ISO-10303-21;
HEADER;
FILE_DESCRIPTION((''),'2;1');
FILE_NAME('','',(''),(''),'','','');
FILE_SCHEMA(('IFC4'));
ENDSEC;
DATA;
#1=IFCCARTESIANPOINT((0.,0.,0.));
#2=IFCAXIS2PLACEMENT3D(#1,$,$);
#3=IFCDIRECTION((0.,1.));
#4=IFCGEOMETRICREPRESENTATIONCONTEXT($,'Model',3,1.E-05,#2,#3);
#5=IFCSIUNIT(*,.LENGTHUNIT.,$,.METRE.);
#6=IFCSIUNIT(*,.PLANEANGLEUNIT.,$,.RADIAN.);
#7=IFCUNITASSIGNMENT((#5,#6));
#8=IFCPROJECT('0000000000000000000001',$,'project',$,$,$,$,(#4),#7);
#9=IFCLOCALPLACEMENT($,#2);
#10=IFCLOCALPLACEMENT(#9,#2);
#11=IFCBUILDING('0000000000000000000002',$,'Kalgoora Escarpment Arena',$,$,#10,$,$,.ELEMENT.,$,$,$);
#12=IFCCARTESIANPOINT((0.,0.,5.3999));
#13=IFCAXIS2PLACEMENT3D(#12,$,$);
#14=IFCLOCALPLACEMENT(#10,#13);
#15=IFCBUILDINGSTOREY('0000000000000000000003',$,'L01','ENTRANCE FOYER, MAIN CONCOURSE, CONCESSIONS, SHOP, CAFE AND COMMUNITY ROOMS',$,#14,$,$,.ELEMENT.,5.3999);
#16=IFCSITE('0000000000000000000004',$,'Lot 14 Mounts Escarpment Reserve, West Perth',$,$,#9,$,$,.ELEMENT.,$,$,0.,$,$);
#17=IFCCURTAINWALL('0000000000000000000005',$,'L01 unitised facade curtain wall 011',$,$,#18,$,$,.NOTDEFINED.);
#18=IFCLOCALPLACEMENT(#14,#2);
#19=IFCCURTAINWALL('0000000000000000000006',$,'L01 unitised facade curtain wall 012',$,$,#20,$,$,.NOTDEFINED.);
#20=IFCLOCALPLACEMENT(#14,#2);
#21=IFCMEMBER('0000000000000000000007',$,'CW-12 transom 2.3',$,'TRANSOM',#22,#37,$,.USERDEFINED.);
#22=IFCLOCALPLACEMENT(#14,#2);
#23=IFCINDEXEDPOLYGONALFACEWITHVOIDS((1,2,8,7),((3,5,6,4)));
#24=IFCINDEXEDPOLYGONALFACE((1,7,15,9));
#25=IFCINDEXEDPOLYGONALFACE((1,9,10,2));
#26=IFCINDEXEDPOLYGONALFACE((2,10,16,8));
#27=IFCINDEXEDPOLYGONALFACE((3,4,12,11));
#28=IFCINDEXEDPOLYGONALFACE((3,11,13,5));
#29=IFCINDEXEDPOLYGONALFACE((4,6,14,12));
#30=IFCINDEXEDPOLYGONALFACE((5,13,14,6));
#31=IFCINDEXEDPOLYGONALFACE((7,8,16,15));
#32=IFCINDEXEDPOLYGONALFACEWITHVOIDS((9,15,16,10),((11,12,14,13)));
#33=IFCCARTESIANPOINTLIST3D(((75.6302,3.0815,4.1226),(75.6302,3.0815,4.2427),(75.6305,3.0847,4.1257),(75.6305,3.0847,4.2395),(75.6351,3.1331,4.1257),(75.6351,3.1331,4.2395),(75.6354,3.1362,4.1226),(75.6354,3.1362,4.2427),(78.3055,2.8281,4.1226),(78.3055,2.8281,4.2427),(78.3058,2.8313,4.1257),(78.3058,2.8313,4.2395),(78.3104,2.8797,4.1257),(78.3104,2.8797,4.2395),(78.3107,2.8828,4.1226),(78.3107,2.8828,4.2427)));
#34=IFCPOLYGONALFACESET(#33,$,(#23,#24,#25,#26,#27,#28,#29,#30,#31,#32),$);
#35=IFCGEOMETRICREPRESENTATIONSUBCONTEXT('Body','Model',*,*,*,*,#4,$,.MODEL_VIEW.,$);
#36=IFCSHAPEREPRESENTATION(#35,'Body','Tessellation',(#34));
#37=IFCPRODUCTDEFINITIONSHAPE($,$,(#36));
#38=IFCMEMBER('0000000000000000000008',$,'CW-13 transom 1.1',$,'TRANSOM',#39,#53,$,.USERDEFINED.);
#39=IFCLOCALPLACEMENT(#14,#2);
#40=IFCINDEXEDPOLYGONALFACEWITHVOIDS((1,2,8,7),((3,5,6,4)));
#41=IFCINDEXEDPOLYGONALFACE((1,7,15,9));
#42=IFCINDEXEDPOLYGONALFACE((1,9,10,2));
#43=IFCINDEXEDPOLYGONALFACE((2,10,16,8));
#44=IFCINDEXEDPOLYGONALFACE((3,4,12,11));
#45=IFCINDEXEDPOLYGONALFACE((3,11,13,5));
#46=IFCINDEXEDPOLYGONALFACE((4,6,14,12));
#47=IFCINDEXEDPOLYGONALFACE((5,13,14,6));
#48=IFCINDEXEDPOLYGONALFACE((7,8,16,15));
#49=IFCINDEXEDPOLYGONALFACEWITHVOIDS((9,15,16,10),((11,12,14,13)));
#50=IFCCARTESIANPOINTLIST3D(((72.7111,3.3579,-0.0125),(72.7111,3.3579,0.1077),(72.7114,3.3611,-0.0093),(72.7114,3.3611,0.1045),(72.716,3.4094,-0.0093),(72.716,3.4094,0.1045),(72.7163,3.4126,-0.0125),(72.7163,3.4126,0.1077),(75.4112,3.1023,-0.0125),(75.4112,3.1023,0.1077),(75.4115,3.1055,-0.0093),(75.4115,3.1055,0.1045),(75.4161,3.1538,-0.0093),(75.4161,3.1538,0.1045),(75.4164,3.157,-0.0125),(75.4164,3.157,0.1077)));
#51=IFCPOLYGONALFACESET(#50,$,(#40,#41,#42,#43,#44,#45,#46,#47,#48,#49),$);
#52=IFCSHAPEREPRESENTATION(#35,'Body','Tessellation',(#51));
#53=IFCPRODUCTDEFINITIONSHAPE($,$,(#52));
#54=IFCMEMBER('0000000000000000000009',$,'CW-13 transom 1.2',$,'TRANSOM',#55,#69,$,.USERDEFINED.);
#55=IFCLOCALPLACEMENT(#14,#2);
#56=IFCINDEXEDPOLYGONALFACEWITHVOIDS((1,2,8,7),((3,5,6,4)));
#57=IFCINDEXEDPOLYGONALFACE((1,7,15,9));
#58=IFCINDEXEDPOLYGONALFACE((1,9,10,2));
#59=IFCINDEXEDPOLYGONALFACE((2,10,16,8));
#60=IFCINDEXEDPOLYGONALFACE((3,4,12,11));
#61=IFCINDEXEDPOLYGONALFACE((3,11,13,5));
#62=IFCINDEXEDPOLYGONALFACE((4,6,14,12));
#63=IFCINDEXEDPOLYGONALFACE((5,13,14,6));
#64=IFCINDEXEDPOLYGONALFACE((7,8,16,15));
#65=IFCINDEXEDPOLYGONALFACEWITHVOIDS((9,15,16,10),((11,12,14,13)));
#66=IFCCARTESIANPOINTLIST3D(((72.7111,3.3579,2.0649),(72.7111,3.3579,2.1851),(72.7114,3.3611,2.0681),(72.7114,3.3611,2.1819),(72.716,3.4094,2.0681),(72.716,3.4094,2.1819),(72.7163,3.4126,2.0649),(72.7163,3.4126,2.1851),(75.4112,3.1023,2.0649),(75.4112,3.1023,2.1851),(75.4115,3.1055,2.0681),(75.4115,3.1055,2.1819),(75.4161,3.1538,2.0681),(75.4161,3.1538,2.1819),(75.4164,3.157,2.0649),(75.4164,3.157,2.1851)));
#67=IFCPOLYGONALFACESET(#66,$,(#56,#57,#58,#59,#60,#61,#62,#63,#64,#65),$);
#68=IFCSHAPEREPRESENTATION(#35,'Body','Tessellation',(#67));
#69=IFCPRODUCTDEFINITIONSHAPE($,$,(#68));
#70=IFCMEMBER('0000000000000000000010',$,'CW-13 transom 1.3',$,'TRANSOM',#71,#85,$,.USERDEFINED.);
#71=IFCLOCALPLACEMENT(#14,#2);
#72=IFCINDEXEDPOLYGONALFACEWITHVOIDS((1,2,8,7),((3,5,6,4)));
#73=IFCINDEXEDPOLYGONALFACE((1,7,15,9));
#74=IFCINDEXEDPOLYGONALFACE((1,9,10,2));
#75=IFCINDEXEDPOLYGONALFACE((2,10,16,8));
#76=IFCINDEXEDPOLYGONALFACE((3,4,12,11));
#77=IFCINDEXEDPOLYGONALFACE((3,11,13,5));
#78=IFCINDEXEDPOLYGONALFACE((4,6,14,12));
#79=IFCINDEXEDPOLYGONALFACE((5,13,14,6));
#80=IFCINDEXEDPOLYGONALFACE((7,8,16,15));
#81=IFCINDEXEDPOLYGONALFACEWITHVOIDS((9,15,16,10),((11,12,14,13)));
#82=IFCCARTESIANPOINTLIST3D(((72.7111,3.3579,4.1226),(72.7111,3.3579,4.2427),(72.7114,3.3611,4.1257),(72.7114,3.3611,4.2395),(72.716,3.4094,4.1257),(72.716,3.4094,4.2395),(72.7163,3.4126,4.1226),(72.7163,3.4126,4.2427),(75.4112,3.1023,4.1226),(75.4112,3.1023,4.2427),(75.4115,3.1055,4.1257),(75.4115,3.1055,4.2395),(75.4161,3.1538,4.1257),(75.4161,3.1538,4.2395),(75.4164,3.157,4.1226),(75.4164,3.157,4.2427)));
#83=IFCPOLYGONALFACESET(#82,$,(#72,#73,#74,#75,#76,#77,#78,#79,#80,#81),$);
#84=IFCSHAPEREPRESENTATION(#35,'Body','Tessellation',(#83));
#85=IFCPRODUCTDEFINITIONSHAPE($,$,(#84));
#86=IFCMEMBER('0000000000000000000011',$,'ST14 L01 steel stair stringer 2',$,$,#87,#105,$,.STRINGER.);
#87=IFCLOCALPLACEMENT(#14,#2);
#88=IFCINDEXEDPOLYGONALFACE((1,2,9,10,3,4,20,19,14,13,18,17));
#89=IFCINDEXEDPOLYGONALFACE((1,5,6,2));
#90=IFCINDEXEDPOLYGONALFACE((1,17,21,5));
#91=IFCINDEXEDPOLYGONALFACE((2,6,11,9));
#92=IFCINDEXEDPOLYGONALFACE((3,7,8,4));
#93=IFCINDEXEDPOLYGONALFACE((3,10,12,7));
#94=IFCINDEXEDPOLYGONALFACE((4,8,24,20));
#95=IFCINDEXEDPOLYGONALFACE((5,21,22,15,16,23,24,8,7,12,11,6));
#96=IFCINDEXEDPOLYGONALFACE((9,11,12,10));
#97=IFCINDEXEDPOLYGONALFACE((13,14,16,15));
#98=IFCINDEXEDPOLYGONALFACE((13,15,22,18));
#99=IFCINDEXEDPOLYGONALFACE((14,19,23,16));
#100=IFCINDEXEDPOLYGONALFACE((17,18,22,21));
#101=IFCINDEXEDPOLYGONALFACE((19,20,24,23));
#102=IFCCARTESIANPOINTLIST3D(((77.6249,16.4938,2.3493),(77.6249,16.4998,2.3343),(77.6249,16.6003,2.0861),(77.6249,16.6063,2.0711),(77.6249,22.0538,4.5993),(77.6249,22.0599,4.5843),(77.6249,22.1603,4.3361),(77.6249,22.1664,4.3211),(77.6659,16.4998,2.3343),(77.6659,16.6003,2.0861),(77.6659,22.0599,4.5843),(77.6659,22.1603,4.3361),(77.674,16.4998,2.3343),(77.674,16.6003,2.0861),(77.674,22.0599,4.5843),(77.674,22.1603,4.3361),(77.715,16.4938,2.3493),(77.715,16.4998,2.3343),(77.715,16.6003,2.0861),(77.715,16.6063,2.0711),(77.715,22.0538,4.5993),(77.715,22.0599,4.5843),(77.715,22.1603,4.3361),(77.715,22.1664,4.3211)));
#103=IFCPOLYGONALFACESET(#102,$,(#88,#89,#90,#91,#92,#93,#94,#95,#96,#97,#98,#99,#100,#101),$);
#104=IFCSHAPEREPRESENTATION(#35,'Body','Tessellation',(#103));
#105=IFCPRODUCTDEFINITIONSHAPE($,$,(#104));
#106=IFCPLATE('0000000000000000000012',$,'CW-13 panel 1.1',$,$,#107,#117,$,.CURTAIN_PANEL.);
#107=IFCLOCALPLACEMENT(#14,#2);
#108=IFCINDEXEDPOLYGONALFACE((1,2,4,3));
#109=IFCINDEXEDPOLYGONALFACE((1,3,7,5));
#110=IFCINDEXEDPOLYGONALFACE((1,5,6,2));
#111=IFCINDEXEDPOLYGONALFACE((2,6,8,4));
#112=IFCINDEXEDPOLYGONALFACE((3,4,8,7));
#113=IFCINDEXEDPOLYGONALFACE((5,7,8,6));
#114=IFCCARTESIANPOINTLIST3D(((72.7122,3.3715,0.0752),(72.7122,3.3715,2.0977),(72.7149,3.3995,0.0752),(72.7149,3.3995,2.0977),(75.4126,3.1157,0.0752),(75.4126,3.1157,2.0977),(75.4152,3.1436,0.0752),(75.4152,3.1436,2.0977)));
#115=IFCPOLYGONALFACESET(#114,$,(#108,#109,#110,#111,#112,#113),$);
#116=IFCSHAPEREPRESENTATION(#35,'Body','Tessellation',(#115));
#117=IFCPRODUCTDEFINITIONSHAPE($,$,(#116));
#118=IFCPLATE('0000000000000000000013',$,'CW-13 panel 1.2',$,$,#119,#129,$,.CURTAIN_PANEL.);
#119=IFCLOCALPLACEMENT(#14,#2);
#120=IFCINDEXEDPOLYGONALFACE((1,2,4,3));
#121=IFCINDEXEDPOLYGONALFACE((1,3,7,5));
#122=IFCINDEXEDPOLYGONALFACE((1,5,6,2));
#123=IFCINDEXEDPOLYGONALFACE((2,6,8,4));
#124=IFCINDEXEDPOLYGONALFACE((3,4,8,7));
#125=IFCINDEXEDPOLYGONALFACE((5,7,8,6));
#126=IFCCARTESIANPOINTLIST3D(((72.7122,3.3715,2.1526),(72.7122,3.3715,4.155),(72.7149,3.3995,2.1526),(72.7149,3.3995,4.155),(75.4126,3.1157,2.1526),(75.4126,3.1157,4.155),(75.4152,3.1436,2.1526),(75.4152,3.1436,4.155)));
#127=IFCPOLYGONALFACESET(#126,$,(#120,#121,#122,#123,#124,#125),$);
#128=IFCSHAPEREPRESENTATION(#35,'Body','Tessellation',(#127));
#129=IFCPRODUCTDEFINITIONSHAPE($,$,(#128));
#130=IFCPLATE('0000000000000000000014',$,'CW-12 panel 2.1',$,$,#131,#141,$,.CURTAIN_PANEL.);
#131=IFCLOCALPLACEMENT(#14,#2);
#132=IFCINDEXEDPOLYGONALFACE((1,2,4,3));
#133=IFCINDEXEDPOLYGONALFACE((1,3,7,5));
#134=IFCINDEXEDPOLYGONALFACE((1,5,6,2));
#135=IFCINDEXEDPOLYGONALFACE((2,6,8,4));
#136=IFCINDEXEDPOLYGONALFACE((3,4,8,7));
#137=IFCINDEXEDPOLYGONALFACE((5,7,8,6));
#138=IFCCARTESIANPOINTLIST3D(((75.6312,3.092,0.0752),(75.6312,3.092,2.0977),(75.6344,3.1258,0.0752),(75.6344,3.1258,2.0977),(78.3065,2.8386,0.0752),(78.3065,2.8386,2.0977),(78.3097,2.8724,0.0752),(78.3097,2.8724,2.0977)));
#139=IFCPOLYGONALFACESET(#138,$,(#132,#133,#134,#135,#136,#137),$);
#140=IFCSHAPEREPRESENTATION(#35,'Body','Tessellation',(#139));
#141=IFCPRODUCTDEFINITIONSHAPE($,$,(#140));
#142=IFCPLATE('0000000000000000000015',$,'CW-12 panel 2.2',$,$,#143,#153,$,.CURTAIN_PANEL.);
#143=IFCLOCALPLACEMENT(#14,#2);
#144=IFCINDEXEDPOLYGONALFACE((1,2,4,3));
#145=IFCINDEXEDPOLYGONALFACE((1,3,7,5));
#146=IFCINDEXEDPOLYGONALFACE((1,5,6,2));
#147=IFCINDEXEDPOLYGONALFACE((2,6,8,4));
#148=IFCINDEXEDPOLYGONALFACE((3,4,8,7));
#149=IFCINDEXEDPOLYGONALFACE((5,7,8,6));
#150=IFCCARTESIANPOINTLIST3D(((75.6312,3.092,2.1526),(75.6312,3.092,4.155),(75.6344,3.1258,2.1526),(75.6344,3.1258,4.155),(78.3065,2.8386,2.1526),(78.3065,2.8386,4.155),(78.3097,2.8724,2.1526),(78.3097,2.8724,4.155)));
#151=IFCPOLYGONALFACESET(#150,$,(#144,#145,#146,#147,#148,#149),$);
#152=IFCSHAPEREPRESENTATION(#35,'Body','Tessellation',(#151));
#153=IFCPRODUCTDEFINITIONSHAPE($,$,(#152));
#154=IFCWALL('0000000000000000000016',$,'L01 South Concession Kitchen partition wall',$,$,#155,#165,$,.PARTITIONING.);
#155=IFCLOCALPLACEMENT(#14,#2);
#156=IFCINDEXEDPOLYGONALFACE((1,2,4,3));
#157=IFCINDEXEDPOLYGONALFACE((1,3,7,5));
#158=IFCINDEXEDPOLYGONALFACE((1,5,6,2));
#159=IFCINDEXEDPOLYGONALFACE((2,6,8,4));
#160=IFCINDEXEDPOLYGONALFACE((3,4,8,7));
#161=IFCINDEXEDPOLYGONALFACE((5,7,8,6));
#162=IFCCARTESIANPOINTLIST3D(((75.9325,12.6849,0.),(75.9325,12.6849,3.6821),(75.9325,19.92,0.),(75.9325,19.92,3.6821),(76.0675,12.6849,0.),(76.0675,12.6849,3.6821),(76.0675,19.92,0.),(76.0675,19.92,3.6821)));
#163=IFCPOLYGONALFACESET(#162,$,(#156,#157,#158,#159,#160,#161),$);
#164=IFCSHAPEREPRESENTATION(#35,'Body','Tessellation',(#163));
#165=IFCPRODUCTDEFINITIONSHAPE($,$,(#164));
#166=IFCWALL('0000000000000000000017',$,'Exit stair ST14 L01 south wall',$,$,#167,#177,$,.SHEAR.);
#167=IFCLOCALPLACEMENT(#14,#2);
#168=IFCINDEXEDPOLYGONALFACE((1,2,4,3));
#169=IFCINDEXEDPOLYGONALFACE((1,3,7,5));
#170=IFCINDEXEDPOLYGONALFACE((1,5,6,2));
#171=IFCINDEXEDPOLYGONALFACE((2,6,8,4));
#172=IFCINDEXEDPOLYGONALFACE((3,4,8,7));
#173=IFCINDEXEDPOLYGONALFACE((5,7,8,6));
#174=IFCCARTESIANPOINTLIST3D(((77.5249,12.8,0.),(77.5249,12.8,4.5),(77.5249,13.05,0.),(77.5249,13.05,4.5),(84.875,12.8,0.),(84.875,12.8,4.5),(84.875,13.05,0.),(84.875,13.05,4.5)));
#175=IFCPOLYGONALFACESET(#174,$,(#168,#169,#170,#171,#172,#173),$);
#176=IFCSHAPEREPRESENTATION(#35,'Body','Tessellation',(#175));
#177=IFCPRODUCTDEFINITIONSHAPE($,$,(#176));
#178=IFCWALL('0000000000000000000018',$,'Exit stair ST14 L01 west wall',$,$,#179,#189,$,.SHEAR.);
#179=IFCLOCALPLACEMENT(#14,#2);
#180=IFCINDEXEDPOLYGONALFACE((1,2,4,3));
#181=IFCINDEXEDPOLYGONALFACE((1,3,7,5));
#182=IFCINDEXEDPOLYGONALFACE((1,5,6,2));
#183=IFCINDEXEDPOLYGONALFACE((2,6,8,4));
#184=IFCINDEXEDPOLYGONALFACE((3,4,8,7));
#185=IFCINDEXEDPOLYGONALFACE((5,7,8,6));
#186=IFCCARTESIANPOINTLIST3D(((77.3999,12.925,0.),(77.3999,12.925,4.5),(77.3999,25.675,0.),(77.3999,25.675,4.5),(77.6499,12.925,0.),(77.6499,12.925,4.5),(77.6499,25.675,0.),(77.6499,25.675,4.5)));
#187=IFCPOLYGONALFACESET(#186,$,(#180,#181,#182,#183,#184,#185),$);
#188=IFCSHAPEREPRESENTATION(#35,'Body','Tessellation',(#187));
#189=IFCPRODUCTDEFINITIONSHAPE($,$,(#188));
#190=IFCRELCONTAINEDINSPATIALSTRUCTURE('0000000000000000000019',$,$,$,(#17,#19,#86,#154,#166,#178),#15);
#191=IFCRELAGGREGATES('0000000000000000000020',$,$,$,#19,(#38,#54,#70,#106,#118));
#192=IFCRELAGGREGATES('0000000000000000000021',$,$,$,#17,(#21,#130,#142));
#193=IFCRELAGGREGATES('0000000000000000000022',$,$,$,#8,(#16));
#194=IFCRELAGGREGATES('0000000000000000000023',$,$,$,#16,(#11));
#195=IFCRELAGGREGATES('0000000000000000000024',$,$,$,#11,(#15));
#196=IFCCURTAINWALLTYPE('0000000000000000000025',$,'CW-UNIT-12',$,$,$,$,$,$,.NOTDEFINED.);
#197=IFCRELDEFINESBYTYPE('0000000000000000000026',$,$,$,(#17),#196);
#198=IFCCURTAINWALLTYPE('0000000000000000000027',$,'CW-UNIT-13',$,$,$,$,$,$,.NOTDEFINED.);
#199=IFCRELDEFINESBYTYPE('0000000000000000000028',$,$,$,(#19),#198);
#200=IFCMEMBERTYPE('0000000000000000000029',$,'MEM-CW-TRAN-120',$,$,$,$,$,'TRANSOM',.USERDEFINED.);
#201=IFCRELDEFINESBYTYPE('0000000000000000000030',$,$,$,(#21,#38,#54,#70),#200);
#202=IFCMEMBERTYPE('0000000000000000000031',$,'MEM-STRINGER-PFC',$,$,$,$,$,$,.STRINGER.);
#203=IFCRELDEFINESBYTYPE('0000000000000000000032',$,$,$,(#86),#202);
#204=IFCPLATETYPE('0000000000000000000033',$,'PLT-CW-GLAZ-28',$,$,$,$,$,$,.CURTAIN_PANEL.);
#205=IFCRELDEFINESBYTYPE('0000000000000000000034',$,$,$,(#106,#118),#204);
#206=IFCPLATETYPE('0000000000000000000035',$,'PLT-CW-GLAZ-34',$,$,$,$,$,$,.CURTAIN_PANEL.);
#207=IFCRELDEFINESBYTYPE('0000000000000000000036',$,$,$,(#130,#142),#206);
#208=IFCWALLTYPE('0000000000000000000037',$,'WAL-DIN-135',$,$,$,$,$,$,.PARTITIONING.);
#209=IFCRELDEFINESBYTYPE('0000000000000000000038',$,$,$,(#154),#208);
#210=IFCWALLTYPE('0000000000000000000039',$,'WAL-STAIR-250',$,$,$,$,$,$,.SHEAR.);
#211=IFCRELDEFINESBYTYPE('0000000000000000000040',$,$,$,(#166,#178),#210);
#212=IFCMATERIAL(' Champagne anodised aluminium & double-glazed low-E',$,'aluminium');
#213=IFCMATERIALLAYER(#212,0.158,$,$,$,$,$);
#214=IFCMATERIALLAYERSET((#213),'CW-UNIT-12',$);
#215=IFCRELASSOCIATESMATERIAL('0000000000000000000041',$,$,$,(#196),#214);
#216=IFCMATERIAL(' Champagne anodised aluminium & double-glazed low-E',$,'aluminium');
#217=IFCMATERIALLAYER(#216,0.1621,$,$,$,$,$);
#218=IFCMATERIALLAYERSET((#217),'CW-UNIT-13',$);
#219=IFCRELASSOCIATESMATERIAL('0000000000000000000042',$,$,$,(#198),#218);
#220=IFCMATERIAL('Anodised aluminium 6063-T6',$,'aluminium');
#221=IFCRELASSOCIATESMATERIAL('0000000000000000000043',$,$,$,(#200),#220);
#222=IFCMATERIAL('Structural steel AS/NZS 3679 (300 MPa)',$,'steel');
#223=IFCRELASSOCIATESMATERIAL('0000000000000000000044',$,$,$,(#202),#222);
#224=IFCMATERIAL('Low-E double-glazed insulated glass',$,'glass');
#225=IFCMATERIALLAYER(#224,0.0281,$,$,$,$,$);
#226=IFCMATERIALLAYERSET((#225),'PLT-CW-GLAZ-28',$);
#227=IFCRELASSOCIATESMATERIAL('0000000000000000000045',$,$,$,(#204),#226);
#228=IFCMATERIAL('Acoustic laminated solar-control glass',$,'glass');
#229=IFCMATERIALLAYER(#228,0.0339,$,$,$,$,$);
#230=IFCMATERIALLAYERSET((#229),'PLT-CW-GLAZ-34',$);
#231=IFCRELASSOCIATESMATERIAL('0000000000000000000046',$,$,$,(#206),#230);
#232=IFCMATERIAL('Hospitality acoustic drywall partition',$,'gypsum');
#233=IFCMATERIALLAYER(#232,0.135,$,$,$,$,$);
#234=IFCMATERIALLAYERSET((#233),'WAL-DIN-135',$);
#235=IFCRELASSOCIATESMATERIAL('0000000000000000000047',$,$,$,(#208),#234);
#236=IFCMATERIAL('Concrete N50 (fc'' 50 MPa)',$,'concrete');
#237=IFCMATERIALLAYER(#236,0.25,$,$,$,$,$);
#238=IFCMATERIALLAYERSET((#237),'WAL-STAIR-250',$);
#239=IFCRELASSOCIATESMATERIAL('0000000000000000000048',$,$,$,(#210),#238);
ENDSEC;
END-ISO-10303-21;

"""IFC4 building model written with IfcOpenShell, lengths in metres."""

from ifc_helpers import new_model, si_unit, direction, frame, frame_2d, origin, origin_2d, place, context, subcontext, project, spatial, rectangle, hollow_rectangle, i_section, extrude, material, layer, layer_set, material_profile, profile_set, type_object, element, aggregate, save


model = new_model("IFC4")

# Units and contexts
model_context = context("Model", 3, precision=1e-05, world=origin(), true_north=direction((0.0, 1.0)))
body_context = subcontext(model_context, "Body", "Model", "MODEL_VIEW")
ifc_project = project(units=[si_unit("LENGTHUNIT", "METRE"), si_unit("PLANEANGLEUNIT", "RADIAN")], contexts=[model_context])

# Site, building, storey
site_placement = place(None, origin())
site = spatial("IfcSite", under=ifc_project, at=site_placement, Name="Lot 14 Mounts Escarpment Reserve, West Perth", CompositionType="ELEMENT", RefElevation=0.0)
building_placement = place(site_placement, origin())
building = spatial("IfcBuilding", under=site, at=building_placement, Name="Kalgoora Escarpment Arena", CompositionType="ELEMENT")
storey_placement = place(building_placement, frame((0.0, 0.0, 5.3999)))
storey = spatial("IfcBuildingStorey", under=building, at=storey_placement, Name="L01", Description="ENTRANCE FOYER, MAIN CONCOURSE, CONCESSIONS, SHOP, CAFE AND COMMUNITY ROOMS", CompositionType="ELEMENT", Elevation=5.3999)

# Curtain wall
ifc_material_1 = material(Name=" Champagne anodised aluminium & double-glazed low-E", Category="aluminium")
ifc_layer_1 = layer(ifc_material_1, 0.158)
ifc_layer_set_1 = layer_set([ifc_layer_1], Name="CW-UNIT-12")
curtain_wall_type_1 = type_object("IfcCurtainWallType", Name="CW-UNIT-12", PredefinedType="NOTDEFINED", material=ifc_layer_set_1)
curtain_wall_1_placement = place(storey_placement, origin())
curtain_wall_1 = element("IfcCurtainWall", 1, at=curtain_wall_1_placement, inside=storey, type_object=curtain_wall_type_1, Name="L01 unitised facade curtain wall 011", PredefinedType="NOTDEFINED")

# Curtain wall
ifc_material_2 = material(Name=" Champagne anodised aluminium & double-glazed low-E", Category="aluminium")
ifc_layer_2 = layer(ifc_material_2, 0.1621)
ifc_layer_set_2 = layer_set([ifc_layer_2], Name="CW-UNIT-13")
curtain_wall_type_2 = type_object("IfcCurtainWallType", Name="CW-UNIT-13", PredefinedType="NOTDEFINED", material=ifc_layer_set_2)
curtain_wall_2_placement = place(storey_placement, origin())
curtain_wall_2 = element("IfcCurtainWall", 2, at=curtain_wall_2_placement, inside=storey, type_object=curtain_wall_type_2, Name="L01 unitised facade curtain wall 012", PredefinedType="NOTDEFINED")

# Members
ifc_material_3 = material(Name="Anodised aluminium 6063-T6", Category="aluminium")
ifc_material_profile_1 = material_profile(ifc_material_3, hollow_rectangle(XDim=0.0549, YDim=0.1201, WallThickness=0.0032, at=origin_2d()))
ifc_profile_set_1 = profile_set([ifc_material_profile_1], Name="Anodised aluminium 6063-T6")
member_type_1 = type_object("IfcMemberType", Name="MEM-CW-TRAN-120", ElementType="TRANSOM", PredefinedType="USERDEFINED", material=ifc_profile_set_1)
member_1_placement = place(storey_placement, frame((78.3081, 2.8555, 4.1826), z_axis=(-0.995544, 0.094303, 0.0), x_axis=(-0.094303, -0.995544, 0.0)))
member_1 = element("IfcMember", 3, at=member_1_placement, type_object=member_type_1, Name="CW-12 transom 2.3", ObjectType="TRANSOM", PredefinedType="USERDEFINED", context=body_context, shape_type="SweptSolid", body=[
    extrude(hollow_rectangle(XDim=0.0549, YDim=0.1201, WallThickness=0.0032, at=origin_2d()), origin(), (0.0, 0.0, 1.0), 2.6873),
])
member_2_placement = place(storey_placement, frame((75.4138, 3.1296, 0.0476), z_axis=(-0.995549, 0.094244, 0.0), x_axis=(-0.094244, -0.995549, 0.0)))
member_2 = element("IfcMember", 4, at=member_2_placement, type_object=member_type_1, Name="CW-13 transom 1.1", ObjectType="TRANSOM", PredefinedType="USERDEFINED", context=body_context, shape_type="SweptSolid", body=[
    extrude(hollow_rectangle(XDim=0.0549, YDim=0.1201, WallThickness=0.0032, at=origin_2d()), origin(), (0.0, 0.0, 1.0), 2.7122),
])
member_3_placement = place(storey_placement, frame((75.4138, 3.1296, 2.125), z_axis=(-0.995549, 0.094244, 0.0), x_axis=(-0.094244, -0.995549, 0.0)))
member_3 = element("IfcMember", 5, at=member_3_placement, type_object=member_type_1, Name="CW-13 transom 1.2", ObjectType="TRANSOM", PredefinedType="USERDEFINED", context=body_context, shape_type="SweptSolid", body=[
    extrude(hollow_rectangle(XDim=0.0549, YDim=0.1201, WallThickness=0.0032, at=origin_2d()), origin(), (0.0, 0.0, 1.0), 2.7122),
])
member_4_placement = place(storey_placement, frame((75.4138, 3.1296, 4.1826), z_axis=(-0.995549, 0.094244, 0.0), x_axis=(-0.094244, -0.995549, 0.0)))
member_4 = element("IfcMember", 6, at=member_4_placement, type_object=member_type_1, Name="CW-13 transom 1.3", ObjectType="TRANSOM", PredefinedType="USERDEFINED", context=body_context, shape_type="SweptSolid", body=[
    extrude(hollow_rectangle(XDim=0.0549, YDim=0.1201, WallThickness=0.0032, at=origin_2d()), origin(), (0.0, 0.0, 1.0), 2.7122),
])
ifc_material_4 = material(Name="Structural steel AS/NZS 3679 (300 MPa)", Category="steel")
ifc_material_profile_2 = material_profile(ifc_material_4, i_section(OverallWidth=0.0901, OverallDepth=0.3, WebThickness=0.0081, FlangeThickness=0.0161, at=origin_2d()))
ifc_profile_set_2 = profile_set([ifc_material_profile_2], Name="Structural steel AS/NZS 3679 (300 MPa)")
member_type_2 = type_object("IfcMemberType", Name="MEM-STRINGER-PFC", PredefinedType="STRINGER", material=ifc_profile_set_2)
member_5_placement = place(storey_placement, frame((77.6699, 16.55, 2.2102), z_axis=(0.0, 0.926976, 0.375121), x_axis=(-1.0, 0.0, 0.0)))
element("IfcMember", 7, at=member_5_placement, inside=storey, type_object=member_type_2, Name="ST14 L01 steel stair stringer 2", PredefinedType="STRINGER", context=body_context, shape_type="SweptSolid", body=[
    extrude(i_section(OverallWidth=0.0901, OverallDepth=0.3, WebThickness=0.0081, FlangeThickness=0.0161, at=origin_2d()), origin(), (0.0, 0.0, 1.0), 5.998),
])

# Plates
ifc_material_5 = material(Name="Low-E double-glazed insulated glass", Category="glass")
ifc_layer_3 = layer(ifc_material_5, 0.0281)
ifc_layer_set_3 = layer_set([ifc_layer_3], Name="PLT-CW-GLAZ-28")
plate_type_1 = type_object("IfcPlateType", Name="PLT-CW-GLAZ-28", PredefinedType="CURTAIN_PANEL", material=ifc_layer_set_3)
plate_1_placement = place(storey_placement, frame((74.0637, 3.2576, 0.0752), z_axis=(0.0, 0.0, 1.0), x_axis=(-0.995542, 0.094316, 0.0)))
plate_1 = element("IfcPlate", 8, at=plate_1_placement, type_object=plate_type_1, Name="CW-13 panel 1.1", PredefinedType="CURTAIN_PANEL", context=body_context, shape_type="SweptSolid", body=[
    extrude(rectangle(XDim=2.7124, YDim=0.0281, at=origin_2d()), origin(), (0.0, 0.0, 1.0), 2.0225),
])
plate_2_placement = place(storey_placement, frame((74.0637, 3.2576, 2.1526), z_axis=(0.0, 0.0, 1.0), x_axis=(-0.995542, 0.094316, 0.0)))
plate_2 = element("IfcPlate", 9, at=plate_2_placement, type_object=plate_type_1, Name="CW-13 panel 1.2", PredefinedType="CURTAIN_PANEL", context=body_context, shape_type="SweptSolid", body=[
    extrude(rectangle(XDim=2.7124, YDim=0.0281, at=origin_2d()), origin(), (0.0, 0.0, 1.0), 2.0024),
])
aggregate(curtain_wall_2, [member_2, member_3, member_4, plate_1, plate_2])
ifc_material_6 = material(Name="Acoustic laminated solar-control glass", Category="glass")
ifc_layer_4 = layer(ifc_material_6, 0.0339)
ifc_layer_set_4 = layer_set([ifc_layer_4], Name="PLT-CW-GLAZ-34")
plate_type_2 = type_object("IfcPlateType", Name="PLT-CW-GLAZ-34", PredefinedType="CURTAIN_PANEL", material=ifc_layer_set_4)
plate_3_placement = place(storey_placement, frame((76.9705, 2.9822, 0.0752), z_axis=(0.0, 0.0, 1.0), x_axis=(-0.995544, 0.094301, 0.0)))
plate_3 = element("IfcPlate", 10, at=plate_3_placement, type_object=plate_type_2, Name="CW-12 panel 2.1", PredefinedType="CURTAIN_PANEL", context=body_context, shape_type="SweptSolid", body=[
    extrude(rectangle(XDim=2.6873, YDim=0.0339, at=origin_2d()), origin(), (0.0, 0.0, 1.0), 2.0225),
])
plate_4_placement = place(storey_placement, frame((76.9705, 2.9822, 2.1526), z_axis=(0.0, 0.0, 1.0), x_axis=(-0.995544, 0.094301, 0.0)))
plate_4 = element("IfcPlate", 11, at=plate_4_placement, type_object=plate_type_2, Name="CW-12 panel 2.2", PredefinedType="CURTAIN_PANEL", context=body_context, shape_type="SweptSolid", body=[
    extrude(rectangle(XDim=2.6873, YDim=0.0339, at=origin_2d()), origin(), (0.0, 0.0, 1.0), 2.0024),
])
aggregate(curtain_wall_1, [member_1, plate_3, plate_4])

# Walls
ifc_material_7 = material(Name="Hospitality acoustic drywall partition", Category="gypsum")
ifc_layer_5 = layer(ifc_material_7, 0.135)
ifc_layer_set_5 = layer_set([ifc_layer_5], Name="WAL-DIN-135")
wall_type_1 = type_object("IfcWallType", Name="WAL-DIN-135", PredefinedType="PARTITIONING", material=ifc_layer_set_5)
wall_1_placement = place(storey_placement, frame((76.0, 12.6848, 0.0), z_axis=(0.0, 0.0, 1.0), x_axis=(0.0, 1.0, 0.0)))
element("IfcWall", 12, at=wall_1_placement, inside=storey, type_object=wall_type_1, Name="L01 South Concession Kitchen partition wall", PredefinedType="PARTITIONING", context=body_context, shape_type="SweptSolid", body=[
    extrude(rectangle(XDim=7.2351, YDim=0.135, at=frame_2d((3.6177, 0.0))), origin(), (0.0, 0.0, 1.0), 3.6821),
])
ifc_material_8 = material(Name="Concrete N50 (fc' 50 MPa)", Category="concrete")
ifc_layer_6 = layer(ifc_material_8, 0.25)
ifc_layer_set_6 = layer_set([ifc_layer_6], Name="WAL-STAIR-250")
wall_type_2 = type_object("IfcWallType", Name="WAL-STAIR-250", PredefinedType="SHEAR", material=ifc_layer_set_6)
wall_2_placement = place(storey_placement, frame((77.5249, 12.925, 0.0), z_axis=(0.0, 0.0, 1.0), x_axis=(1.0, 0.0, 0.0)))
element("IfcWall", 13, at=wall_2_placement, inside=storey, type_object=wall_type_2, Name="Exit stair ST14 L01 south wall", PredefinedType="SHEAR", context=body_context, shape_type="SweptSolid", body=[
    extrude(rectangle(XDim=7.3501, YDim=0.25, at=frame_2d((3.675, 0.0))), origin(), (0.0, 0.0, 1.0), 4.5),
])
wall_3_placement = place(storey_placement, frame((77.5249, 12.925, 0.0), z_axis=(0.0, 0.0, 1.0), x_axis=(0.0, 1.0, 0.0)))
element("IfcWall", 14, at=wall_3_placement, inside=storey, type_object=wall_type_2, Name="Exit stair ST14 L01 west wall", PredefinedType="SHEAR", context=body_context, shape_type="SweptSolid", body=[
    extrude(rectangle(XDim=12.75, YDim=0.25, at=frame_2d((6.375, 0.0))), origin(), (0.0, 0.0, 1.0), 4.5),
])

save(model, "model.ifc")
